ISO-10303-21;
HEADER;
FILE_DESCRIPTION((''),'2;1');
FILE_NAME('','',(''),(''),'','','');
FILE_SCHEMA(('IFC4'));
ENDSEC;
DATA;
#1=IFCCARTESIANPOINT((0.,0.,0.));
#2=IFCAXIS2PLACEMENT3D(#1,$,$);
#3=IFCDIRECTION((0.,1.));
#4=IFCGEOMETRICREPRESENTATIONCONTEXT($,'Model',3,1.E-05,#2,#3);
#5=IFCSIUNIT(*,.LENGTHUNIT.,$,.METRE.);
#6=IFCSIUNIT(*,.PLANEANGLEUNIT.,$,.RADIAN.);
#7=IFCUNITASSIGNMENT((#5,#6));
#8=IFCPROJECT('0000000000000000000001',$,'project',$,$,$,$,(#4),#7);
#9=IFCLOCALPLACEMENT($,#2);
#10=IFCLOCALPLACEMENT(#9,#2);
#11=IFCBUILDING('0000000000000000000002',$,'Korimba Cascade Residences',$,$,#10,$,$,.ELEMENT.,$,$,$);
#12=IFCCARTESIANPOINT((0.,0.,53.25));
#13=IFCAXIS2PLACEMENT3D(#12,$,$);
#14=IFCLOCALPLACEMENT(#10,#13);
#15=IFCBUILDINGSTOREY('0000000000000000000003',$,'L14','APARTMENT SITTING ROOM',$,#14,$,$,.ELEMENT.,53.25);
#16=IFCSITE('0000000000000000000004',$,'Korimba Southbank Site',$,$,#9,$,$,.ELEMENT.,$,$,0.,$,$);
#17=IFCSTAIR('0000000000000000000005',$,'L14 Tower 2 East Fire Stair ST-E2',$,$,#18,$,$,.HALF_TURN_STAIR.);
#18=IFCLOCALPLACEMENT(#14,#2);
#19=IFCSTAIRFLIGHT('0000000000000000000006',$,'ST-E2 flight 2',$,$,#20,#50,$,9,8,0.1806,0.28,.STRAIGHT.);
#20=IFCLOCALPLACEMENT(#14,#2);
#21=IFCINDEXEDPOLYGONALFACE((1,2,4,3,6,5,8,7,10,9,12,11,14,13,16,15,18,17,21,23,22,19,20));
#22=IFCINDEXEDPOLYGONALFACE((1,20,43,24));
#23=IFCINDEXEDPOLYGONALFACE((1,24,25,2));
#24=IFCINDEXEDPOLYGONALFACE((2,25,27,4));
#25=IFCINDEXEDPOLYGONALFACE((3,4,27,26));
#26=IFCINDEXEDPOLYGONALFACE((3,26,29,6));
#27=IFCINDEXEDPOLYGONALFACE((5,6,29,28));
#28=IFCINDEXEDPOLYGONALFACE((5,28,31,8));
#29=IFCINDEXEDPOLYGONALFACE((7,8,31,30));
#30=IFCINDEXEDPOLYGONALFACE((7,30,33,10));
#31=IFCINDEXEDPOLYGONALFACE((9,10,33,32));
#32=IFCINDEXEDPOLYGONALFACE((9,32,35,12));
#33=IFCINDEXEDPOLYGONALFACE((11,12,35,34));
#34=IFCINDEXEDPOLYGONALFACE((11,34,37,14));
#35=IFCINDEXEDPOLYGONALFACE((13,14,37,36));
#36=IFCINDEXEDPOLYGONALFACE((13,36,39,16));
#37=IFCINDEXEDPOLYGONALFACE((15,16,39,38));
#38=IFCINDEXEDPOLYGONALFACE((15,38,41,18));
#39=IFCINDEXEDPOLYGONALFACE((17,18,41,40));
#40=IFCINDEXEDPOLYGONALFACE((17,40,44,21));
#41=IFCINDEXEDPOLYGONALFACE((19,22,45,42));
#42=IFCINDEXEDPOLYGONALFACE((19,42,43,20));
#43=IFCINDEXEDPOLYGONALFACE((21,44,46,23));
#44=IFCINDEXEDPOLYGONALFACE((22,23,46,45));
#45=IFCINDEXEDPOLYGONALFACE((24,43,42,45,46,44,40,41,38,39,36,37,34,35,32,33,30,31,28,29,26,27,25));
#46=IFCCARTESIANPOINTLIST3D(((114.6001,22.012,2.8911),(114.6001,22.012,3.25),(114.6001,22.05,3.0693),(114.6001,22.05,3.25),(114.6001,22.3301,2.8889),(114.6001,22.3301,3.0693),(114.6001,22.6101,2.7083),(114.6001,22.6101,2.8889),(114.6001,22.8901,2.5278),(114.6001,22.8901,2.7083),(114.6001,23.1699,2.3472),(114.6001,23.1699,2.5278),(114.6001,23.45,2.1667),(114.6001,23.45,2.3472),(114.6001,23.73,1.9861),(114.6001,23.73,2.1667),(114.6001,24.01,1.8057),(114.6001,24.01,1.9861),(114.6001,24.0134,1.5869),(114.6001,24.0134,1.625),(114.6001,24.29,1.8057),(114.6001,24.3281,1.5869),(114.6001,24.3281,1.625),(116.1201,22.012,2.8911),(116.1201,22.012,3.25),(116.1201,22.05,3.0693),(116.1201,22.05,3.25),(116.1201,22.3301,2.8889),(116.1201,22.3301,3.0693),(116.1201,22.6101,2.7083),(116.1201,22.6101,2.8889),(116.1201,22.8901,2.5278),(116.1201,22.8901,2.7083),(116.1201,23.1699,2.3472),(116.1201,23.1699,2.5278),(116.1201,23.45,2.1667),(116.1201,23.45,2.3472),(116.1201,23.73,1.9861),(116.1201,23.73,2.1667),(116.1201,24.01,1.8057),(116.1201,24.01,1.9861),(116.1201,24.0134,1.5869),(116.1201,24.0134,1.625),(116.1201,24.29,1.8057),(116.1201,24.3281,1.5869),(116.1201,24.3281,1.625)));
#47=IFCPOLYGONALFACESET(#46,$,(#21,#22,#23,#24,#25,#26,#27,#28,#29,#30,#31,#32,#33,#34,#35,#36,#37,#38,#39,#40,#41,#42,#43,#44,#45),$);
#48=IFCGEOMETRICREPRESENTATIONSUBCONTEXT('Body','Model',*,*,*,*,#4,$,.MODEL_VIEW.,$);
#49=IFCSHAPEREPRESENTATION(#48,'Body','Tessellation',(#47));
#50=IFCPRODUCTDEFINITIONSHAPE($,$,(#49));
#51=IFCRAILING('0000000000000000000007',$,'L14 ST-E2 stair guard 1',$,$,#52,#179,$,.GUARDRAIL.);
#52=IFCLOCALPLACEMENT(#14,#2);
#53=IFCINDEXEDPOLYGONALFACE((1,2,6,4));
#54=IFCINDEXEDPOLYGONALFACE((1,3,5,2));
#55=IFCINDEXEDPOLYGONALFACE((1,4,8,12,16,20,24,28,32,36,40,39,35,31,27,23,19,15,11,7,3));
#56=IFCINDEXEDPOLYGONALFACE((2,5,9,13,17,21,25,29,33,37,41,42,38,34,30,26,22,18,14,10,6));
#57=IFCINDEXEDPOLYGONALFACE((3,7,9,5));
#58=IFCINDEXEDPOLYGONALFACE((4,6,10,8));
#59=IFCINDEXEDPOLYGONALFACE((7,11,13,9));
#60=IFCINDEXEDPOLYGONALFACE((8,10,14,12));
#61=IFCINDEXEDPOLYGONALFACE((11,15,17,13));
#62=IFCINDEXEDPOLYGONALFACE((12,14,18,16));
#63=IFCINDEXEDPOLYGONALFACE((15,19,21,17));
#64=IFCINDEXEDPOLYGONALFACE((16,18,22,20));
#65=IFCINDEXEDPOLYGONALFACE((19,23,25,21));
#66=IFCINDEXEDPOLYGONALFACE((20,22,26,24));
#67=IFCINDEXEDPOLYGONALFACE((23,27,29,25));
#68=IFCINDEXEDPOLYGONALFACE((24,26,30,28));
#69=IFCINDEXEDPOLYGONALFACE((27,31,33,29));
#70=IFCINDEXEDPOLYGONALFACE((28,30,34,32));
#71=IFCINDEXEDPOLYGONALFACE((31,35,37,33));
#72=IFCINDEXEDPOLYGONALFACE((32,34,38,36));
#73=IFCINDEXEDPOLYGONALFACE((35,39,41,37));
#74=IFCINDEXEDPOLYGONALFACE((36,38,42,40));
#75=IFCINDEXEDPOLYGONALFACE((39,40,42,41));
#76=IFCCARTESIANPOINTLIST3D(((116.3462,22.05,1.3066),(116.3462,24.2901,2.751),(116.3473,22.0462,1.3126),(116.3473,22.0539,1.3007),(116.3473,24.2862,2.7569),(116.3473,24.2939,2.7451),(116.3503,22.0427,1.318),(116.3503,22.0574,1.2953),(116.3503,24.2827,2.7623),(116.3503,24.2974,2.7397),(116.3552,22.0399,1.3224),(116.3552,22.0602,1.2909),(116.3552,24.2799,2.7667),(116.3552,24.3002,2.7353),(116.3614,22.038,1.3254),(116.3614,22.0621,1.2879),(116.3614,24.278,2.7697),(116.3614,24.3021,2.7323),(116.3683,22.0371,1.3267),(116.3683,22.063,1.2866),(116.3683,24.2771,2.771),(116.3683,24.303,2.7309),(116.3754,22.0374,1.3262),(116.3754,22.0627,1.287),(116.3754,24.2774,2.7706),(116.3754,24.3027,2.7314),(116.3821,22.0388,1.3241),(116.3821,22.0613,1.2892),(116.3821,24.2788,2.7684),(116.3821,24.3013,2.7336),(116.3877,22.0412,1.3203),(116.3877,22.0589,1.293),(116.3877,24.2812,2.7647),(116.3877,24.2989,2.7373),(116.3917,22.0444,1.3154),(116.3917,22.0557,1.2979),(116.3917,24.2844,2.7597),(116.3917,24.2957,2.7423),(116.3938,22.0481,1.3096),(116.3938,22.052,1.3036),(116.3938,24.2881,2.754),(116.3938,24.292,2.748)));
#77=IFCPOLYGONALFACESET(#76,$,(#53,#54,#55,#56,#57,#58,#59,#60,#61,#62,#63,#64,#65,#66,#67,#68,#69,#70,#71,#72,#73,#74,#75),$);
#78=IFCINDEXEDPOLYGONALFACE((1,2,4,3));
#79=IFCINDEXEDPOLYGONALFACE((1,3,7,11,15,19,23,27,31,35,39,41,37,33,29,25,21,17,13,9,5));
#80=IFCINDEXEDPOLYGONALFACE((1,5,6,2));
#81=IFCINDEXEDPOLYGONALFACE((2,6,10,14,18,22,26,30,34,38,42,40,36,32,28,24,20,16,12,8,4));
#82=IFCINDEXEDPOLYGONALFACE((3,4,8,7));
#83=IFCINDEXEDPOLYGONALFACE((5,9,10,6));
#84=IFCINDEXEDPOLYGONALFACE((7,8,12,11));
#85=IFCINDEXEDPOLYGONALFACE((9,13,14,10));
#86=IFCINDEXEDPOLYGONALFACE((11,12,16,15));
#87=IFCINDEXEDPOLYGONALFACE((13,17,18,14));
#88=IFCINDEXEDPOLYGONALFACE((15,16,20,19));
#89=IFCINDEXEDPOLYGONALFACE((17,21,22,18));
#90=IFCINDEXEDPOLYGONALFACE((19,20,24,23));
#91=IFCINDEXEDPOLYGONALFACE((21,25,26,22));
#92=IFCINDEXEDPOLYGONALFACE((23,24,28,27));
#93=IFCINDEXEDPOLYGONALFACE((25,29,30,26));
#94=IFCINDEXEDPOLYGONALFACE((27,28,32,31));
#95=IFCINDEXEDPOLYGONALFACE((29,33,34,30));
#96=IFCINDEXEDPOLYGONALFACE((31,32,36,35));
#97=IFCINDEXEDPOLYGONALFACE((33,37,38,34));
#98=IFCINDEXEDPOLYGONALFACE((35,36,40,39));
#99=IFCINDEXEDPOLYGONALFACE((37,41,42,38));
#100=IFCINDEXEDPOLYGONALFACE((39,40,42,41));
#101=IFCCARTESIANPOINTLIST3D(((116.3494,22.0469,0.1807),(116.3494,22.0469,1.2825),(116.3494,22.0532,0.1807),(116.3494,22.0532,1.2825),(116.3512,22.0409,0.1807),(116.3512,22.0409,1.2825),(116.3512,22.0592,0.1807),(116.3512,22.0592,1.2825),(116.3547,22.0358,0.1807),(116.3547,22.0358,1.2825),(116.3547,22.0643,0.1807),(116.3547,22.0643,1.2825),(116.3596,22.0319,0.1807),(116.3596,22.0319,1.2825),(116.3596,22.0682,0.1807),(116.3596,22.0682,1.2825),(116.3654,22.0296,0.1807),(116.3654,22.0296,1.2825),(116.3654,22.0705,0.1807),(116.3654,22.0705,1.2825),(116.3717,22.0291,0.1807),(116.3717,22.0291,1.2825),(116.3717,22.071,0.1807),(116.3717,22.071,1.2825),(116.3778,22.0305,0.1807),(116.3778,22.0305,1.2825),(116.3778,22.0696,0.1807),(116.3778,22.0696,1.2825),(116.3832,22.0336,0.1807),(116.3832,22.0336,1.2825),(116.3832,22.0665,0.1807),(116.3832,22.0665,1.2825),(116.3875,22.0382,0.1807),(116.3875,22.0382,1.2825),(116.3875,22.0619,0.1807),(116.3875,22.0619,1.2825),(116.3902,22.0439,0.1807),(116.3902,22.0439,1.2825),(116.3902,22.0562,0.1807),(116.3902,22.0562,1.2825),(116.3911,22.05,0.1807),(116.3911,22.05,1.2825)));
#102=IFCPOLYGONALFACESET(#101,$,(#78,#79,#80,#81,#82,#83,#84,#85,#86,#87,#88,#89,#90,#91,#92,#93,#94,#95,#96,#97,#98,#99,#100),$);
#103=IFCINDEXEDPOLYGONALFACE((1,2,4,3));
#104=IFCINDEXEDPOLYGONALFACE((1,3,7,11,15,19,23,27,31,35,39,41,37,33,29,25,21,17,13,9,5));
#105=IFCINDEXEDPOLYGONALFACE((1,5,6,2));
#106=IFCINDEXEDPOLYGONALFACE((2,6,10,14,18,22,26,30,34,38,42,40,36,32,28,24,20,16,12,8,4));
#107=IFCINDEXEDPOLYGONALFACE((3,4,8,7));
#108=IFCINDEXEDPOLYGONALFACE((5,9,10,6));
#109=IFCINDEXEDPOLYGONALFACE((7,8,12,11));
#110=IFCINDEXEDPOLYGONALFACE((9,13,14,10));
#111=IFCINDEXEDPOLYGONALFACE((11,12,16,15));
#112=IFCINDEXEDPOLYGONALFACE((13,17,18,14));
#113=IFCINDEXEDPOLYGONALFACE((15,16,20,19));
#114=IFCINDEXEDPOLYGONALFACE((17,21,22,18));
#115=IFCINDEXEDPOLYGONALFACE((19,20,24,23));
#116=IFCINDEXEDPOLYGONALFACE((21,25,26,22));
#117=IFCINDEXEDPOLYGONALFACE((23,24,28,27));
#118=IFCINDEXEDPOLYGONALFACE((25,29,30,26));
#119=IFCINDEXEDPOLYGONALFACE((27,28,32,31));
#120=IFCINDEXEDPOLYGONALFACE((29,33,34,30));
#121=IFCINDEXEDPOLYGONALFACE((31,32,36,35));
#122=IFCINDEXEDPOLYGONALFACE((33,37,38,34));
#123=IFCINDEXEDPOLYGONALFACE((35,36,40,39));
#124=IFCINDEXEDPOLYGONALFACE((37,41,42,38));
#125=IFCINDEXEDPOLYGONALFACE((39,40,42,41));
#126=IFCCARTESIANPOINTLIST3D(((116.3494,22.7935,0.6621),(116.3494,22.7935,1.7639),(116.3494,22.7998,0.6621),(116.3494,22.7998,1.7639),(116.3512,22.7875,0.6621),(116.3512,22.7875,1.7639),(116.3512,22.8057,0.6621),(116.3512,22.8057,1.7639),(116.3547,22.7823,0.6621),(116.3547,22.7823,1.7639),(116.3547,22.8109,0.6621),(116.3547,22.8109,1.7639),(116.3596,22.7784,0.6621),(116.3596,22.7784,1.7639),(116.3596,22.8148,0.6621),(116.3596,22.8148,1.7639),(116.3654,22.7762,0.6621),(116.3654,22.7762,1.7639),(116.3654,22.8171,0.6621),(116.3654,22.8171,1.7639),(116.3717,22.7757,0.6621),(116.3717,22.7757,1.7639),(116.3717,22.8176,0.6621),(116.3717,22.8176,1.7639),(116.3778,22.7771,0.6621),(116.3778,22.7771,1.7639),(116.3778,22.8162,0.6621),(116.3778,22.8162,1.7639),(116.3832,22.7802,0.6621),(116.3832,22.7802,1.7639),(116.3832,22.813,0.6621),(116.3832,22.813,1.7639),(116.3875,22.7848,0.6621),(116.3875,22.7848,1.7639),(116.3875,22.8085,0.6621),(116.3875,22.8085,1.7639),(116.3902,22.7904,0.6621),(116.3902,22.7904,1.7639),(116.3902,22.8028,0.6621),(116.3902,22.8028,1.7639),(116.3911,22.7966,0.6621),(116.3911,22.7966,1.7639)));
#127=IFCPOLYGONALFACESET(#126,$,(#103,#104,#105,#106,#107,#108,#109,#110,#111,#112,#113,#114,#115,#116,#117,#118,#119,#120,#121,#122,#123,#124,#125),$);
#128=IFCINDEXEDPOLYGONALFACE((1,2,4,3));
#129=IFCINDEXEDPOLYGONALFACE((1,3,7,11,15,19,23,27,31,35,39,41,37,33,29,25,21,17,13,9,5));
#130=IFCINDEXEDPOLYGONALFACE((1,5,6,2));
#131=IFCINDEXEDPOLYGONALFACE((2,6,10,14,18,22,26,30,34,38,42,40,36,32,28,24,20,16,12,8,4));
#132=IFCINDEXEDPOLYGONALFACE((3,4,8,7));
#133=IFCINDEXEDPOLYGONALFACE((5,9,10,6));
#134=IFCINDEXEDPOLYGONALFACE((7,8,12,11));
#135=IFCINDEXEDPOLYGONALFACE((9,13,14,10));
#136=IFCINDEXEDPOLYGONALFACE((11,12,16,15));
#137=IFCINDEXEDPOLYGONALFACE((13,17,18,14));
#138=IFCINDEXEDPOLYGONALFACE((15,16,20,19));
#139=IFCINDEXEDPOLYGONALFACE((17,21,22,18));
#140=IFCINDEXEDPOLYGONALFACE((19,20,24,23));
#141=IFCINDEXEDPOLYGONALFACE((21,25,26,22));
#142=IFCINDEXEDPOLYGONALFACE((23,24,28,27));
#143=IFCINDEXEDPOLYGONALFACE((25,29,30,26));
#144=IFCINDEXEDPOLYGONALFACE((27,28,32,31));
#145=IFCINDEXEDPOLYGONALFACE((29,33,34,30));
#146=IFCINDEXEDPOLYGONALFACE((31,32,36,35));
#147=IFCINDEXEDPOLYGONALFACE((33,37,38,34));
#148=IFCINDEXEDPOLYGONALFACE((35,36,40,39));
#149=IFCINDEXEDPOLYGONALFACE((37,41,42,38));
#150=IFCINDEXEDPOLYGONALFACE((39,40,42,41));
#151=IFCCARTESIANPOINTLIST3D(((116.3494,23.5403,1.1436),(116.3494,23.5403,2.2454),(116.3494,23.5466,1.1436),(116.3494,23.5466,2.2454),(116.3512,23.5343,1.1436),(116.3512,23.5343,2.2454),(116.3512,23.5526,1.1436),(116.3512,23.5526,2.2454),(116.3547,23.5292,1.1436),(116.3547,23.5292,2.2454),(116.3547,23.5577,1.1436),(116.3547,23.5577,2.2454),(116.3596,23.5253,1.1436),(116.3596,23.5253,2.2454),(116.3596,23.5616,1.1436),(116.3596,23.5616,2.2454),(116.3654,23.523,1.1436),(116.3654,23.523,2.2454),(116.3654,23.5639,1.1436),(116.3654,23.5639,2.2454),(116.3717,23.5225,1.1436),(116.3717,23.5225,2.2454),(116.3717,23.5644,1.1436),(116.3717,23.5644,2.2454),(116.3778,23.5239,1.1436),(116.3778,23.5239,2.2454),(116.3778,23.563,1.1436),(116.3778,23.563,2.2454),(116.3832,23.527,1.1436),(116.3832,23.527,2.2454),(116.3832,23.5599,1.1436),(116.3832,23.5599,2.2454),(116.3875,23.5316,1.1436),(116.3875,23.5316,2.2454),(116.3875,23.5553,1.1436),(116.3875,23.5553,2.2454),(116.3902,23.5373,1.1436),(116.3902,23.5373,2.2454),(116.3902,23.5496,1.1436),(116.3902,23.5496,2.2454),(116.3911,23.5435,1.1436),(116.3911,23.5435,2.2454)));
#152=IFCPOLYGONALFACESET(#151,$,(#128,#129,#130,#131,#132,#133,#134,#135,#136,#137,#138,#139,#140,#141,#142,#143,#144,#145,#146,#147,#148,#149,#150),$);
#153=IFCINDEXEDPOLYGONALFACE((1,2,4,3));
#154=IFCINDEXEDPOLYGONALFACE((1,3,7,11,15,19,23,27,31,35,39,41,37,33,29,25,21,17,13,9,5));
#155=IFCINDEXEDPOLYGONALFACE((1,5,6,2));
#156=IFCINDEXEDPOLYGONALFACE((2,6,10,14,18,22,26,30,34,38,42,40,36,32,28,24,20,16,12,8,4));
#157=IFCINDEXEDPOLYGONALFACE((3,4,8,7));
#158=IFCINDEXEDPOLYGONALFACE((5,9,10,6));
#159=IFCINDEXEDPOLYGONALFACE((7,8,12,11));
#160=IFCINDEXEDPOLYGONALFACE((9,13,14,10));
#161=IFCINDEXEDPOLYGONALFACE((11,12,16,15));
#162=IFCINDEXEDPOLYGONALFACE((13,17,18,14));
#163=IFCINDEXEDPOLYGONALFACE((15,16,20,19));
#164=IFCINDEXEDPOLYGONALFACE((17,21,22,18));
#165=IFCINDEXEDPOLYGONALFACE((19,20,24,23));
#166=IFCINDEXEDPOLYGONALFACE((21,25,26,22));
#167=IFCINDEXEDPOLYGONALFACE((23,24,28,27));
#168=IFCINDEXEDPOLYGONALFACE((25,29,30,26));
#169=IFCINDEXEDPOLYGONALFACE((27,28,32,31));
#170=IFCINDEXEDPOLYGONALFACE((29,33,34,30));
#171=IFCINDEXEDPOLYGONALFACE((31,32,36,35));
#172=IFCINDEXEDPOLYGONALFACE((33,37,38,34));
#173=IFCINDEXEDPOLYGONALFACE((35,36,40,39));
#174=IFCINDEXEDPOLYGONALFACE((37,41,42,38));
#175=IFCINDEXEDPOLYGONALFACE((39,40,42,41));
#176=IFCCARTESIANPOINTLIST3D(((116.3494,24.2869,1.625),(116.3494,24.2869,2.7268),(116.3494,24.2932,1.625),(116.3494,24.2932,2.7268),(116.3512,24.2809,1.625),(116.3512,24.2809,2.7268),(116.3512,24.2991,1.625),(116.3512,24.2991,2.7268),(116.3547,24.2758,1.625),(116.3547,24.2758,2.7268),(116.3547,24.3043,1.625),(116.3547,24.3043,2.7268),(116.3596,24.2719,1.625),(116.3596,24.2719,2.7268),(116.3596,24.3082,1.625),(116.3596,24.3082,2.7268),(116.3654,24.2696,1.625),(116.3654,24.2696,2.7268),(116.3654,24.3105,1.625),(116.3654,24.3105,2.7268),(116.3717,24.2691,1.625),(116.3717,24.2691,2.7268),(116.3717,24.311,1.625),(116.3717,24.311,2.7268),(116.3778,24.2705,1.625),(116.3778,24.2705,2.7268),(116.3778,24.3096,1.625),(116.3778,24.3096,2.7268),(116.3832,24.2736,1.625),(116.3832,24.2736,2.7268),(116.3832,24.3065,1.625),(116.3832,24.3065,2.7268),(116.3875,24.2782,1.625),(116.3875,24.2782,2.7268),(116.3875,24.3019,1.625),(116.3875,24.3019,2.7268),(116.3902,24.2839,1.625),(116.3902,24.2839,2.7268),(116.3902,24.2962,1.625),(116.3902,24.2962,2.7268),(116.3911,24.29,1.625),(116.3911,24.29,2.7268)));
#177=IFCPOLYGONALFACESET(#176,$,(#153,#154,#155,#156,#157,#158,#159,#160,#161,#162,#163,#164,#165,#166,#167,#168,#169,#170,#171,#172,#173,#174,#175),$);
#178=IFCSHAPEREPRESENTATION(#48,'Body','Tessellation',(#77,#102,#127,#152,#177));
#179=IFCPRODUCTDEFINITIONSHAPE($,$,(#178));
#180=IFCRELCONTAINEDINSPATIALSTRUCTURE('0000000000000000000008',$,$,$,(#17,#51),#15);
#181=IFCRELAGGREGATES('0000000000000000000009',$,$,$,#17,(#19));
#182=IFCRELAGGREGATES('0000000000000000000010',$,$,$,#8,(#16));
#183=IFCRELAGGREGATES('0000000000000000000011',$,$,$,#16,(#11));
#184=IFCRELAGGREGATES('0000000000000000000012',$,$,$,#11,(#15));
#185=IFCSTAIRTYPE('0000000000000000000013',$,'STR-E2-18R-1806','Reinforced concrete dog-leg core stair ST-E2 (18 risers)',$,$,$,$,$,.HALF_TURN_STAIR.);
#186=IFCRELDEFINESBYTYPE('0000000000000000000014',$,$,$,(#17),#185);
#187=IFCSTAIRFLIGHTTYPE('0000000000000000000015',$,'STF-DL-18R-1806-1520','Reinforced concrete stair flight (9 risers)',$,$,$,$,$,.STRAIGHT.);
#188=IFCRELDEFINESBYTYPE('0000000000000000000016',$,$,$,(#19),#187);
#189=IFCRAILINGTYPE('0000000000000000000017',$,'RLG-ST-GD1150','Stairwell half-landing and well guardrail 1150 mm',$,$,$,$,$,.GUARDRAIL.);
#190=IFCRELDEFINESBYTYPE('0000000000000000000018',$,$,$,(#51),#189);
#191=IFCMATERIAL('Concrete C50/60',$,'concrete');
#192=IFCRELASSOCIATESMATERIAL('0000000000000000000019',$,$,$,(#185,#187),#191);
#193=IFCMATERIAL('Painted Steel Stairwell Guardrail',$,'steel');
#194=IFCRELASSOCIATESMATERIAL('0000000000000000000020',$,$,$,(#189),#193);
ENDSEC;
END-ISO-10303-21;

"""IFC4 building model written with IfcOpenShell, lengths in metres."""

from ifc_helpers import new_model, si_unit, direction, frame, origin, origin_2d, place, context, subcontext, project, spatial, polyline, circle, outline, extrude, material, type_object, element, aggregate, save


model = new_model("IFC4")

# Units and contexts
model_context = context("Model", 3, precision=1e-05, world=origin(), true_north=direction((0.0, 1.0)))
body_context = subcontext(model_context, "Body", "Model", "MODEL_VIEW")
ifc_project = project(units=[si_unit("LENGTHUNIT", "METRE"), si_unit("PLANEANGLEUNIT", "RADIAN")], contexts=[model_context])

# Site, building, storey
site_placement = place(None, origin())
site = spatial("IfcSite", under=ifc_project, at=site_placement, Name="Korimba Southbank Site", CompositionType="ELEMENT", RefElevation=0.0)
building_placement = place(site_placement, origin())
building = spatial("IfcBuilding", under=site, at=building_placement, Name="Korimba Cascade Residences", CompositionType="ELEMENT")
storey_placement = place(building_placement, frame((0.0, 0.0, 53.25)))
storey = spatial("IfcBuildingStorey", under=building, at=storey_placement, Name="L14", Description="APARTMENT SITTING ROOM", CompositionType="ELEMENT", Elevation=53.25)

# Shared definitions
ifc_material_1 = material(Name="Concrete C50/60", Category="concrete")

# Stair, stair flight
stair_type = type_object("IfcStairType", Name="STR-E2-18R-1806", Description="Reinforced concrete dog-leg core stair ST-E2 (18 risers)", PredefinedType="HALF_TURN_STAIR", material=ifc_material_1)
stair_placement = place(storey_placement, origin())
stair = element("IfcStair", 1, at=stair_placement, inside=storey, type_object=stair_type, Name="L14 Tower 2 East Fire Stair ST-E2", PredefinedType="HALF_TURN_STAIR")
stair_flight_type = type_object("IfcStairFlightType", Name="STF-DL-18R-1806-1520", Description="Reinforced concrete stair flight (9 risers)", PredefinedType="STRAIGHT", material=ifc_material_1)
stair_flight_placement = place(storey_placement, frame((115.3601, 24.29, 1.625), z_axis=(0.0, 0.0, 1.0), x_axis=(0.0, -1.0, 0.0)))
stair_flight = element("IfcStairFlight", 2, at=stair_flight_placement, type_object=stair_flight_type, Name="ST-E2 flight 2", NumberOfRisers=9, NumberOfTreads=8, PredefinedType="STRAIGHT", RiserHeight=0.1806, TreadLength=0.28, context=body_context, shape_type="SweptSolid", body=[
    extrude(outline(polyline([(-0.0381, 0.0), (0.0, 0.1807), (0.28, 0.1807), (0.28, 0.3611), (0.5601, 0.3611), (0.5601, 0.5417), (0.8401, 0.5417), (0.8401, 0.7222), (1.1201, 0.7222), (1.1201, 0.9028), (1.3999, 0.9028), (1.3999, 1.0833), (1.6799, 1.0833), (1.6799, 1.2639), (1.96, 1.2639), (1.96, 1.4443), (2.24, 1.4443), (2.24, 1.625), (2.2781, 1.625), (2.2781, 1.2661), (0.2766, 0.0), (0.2766, -0.0381), (-0.0381, -0.0381), (-0.0381, 0.0)])), frame((0.0, 0.76, 0.0), z_axis=(0.0, -1.0, 0.0), x_axis=(1.0, 0.0, 0.0)), (0.0, 0.0, 1.0), 1.52),
])
aggregate(stair, [stair_flight])

# Railing
ifc_material_2 = material(Name="Painted Steel Stairwell Guardrail", Category="steel")
railing_type_1 = type_object("IfcRailingType", Name="RLG-ST-GD1150", Description="Stairwell half-landing and well guardrail 1150 mm", PredefinedType="GUARDRAIL", material=ifc_material_2)
railing_1_placement = place(storey_placement, frame((116.3701, 22.05, 0.1807)))
element("IfcRailing", 3, at=railing_1_placement, inside=storey, type_object=railing_type_1, Name="L14 ST-E2 stair guard 1", PredefinedType="GUARDRAIL", context=body_context, shape_type="SweptSolid", body=[
    extrude(circle(Radius=0.0239, at=origin_2d()), frame((0.0, 0.0, 1.126), z_axis=(0.0, 0.840437, 0.54191), x_axis=(-1.0, 0.0, 0.0)), (0.0, 0.0, 1.0), 2.6653),
    extrude(circle(Radius=0.021, at=origin_2d()), origin(), (0.0, 0.0, 1.0), 1.1018),
    extrude(circle(Radius=0.021, at=origin_2d()), frame((0.0, 0.7466, 0.4814)), (0.0, 0.0, 1.0), 1.1018),
    extrude(circle(Radius=0.021, at=origin_2d()), frame((0.0, 1.4934, 0.9629)), (0.0, 0.0, 1.0), 1.1018),
    extrude(circle(Radius=0.021, at=origin_2d()), frame((0.0, 2.24, 1.4443)), (0.0, 0.0, 1.0), 1.1018),
])

save(model, "model.ifc")
